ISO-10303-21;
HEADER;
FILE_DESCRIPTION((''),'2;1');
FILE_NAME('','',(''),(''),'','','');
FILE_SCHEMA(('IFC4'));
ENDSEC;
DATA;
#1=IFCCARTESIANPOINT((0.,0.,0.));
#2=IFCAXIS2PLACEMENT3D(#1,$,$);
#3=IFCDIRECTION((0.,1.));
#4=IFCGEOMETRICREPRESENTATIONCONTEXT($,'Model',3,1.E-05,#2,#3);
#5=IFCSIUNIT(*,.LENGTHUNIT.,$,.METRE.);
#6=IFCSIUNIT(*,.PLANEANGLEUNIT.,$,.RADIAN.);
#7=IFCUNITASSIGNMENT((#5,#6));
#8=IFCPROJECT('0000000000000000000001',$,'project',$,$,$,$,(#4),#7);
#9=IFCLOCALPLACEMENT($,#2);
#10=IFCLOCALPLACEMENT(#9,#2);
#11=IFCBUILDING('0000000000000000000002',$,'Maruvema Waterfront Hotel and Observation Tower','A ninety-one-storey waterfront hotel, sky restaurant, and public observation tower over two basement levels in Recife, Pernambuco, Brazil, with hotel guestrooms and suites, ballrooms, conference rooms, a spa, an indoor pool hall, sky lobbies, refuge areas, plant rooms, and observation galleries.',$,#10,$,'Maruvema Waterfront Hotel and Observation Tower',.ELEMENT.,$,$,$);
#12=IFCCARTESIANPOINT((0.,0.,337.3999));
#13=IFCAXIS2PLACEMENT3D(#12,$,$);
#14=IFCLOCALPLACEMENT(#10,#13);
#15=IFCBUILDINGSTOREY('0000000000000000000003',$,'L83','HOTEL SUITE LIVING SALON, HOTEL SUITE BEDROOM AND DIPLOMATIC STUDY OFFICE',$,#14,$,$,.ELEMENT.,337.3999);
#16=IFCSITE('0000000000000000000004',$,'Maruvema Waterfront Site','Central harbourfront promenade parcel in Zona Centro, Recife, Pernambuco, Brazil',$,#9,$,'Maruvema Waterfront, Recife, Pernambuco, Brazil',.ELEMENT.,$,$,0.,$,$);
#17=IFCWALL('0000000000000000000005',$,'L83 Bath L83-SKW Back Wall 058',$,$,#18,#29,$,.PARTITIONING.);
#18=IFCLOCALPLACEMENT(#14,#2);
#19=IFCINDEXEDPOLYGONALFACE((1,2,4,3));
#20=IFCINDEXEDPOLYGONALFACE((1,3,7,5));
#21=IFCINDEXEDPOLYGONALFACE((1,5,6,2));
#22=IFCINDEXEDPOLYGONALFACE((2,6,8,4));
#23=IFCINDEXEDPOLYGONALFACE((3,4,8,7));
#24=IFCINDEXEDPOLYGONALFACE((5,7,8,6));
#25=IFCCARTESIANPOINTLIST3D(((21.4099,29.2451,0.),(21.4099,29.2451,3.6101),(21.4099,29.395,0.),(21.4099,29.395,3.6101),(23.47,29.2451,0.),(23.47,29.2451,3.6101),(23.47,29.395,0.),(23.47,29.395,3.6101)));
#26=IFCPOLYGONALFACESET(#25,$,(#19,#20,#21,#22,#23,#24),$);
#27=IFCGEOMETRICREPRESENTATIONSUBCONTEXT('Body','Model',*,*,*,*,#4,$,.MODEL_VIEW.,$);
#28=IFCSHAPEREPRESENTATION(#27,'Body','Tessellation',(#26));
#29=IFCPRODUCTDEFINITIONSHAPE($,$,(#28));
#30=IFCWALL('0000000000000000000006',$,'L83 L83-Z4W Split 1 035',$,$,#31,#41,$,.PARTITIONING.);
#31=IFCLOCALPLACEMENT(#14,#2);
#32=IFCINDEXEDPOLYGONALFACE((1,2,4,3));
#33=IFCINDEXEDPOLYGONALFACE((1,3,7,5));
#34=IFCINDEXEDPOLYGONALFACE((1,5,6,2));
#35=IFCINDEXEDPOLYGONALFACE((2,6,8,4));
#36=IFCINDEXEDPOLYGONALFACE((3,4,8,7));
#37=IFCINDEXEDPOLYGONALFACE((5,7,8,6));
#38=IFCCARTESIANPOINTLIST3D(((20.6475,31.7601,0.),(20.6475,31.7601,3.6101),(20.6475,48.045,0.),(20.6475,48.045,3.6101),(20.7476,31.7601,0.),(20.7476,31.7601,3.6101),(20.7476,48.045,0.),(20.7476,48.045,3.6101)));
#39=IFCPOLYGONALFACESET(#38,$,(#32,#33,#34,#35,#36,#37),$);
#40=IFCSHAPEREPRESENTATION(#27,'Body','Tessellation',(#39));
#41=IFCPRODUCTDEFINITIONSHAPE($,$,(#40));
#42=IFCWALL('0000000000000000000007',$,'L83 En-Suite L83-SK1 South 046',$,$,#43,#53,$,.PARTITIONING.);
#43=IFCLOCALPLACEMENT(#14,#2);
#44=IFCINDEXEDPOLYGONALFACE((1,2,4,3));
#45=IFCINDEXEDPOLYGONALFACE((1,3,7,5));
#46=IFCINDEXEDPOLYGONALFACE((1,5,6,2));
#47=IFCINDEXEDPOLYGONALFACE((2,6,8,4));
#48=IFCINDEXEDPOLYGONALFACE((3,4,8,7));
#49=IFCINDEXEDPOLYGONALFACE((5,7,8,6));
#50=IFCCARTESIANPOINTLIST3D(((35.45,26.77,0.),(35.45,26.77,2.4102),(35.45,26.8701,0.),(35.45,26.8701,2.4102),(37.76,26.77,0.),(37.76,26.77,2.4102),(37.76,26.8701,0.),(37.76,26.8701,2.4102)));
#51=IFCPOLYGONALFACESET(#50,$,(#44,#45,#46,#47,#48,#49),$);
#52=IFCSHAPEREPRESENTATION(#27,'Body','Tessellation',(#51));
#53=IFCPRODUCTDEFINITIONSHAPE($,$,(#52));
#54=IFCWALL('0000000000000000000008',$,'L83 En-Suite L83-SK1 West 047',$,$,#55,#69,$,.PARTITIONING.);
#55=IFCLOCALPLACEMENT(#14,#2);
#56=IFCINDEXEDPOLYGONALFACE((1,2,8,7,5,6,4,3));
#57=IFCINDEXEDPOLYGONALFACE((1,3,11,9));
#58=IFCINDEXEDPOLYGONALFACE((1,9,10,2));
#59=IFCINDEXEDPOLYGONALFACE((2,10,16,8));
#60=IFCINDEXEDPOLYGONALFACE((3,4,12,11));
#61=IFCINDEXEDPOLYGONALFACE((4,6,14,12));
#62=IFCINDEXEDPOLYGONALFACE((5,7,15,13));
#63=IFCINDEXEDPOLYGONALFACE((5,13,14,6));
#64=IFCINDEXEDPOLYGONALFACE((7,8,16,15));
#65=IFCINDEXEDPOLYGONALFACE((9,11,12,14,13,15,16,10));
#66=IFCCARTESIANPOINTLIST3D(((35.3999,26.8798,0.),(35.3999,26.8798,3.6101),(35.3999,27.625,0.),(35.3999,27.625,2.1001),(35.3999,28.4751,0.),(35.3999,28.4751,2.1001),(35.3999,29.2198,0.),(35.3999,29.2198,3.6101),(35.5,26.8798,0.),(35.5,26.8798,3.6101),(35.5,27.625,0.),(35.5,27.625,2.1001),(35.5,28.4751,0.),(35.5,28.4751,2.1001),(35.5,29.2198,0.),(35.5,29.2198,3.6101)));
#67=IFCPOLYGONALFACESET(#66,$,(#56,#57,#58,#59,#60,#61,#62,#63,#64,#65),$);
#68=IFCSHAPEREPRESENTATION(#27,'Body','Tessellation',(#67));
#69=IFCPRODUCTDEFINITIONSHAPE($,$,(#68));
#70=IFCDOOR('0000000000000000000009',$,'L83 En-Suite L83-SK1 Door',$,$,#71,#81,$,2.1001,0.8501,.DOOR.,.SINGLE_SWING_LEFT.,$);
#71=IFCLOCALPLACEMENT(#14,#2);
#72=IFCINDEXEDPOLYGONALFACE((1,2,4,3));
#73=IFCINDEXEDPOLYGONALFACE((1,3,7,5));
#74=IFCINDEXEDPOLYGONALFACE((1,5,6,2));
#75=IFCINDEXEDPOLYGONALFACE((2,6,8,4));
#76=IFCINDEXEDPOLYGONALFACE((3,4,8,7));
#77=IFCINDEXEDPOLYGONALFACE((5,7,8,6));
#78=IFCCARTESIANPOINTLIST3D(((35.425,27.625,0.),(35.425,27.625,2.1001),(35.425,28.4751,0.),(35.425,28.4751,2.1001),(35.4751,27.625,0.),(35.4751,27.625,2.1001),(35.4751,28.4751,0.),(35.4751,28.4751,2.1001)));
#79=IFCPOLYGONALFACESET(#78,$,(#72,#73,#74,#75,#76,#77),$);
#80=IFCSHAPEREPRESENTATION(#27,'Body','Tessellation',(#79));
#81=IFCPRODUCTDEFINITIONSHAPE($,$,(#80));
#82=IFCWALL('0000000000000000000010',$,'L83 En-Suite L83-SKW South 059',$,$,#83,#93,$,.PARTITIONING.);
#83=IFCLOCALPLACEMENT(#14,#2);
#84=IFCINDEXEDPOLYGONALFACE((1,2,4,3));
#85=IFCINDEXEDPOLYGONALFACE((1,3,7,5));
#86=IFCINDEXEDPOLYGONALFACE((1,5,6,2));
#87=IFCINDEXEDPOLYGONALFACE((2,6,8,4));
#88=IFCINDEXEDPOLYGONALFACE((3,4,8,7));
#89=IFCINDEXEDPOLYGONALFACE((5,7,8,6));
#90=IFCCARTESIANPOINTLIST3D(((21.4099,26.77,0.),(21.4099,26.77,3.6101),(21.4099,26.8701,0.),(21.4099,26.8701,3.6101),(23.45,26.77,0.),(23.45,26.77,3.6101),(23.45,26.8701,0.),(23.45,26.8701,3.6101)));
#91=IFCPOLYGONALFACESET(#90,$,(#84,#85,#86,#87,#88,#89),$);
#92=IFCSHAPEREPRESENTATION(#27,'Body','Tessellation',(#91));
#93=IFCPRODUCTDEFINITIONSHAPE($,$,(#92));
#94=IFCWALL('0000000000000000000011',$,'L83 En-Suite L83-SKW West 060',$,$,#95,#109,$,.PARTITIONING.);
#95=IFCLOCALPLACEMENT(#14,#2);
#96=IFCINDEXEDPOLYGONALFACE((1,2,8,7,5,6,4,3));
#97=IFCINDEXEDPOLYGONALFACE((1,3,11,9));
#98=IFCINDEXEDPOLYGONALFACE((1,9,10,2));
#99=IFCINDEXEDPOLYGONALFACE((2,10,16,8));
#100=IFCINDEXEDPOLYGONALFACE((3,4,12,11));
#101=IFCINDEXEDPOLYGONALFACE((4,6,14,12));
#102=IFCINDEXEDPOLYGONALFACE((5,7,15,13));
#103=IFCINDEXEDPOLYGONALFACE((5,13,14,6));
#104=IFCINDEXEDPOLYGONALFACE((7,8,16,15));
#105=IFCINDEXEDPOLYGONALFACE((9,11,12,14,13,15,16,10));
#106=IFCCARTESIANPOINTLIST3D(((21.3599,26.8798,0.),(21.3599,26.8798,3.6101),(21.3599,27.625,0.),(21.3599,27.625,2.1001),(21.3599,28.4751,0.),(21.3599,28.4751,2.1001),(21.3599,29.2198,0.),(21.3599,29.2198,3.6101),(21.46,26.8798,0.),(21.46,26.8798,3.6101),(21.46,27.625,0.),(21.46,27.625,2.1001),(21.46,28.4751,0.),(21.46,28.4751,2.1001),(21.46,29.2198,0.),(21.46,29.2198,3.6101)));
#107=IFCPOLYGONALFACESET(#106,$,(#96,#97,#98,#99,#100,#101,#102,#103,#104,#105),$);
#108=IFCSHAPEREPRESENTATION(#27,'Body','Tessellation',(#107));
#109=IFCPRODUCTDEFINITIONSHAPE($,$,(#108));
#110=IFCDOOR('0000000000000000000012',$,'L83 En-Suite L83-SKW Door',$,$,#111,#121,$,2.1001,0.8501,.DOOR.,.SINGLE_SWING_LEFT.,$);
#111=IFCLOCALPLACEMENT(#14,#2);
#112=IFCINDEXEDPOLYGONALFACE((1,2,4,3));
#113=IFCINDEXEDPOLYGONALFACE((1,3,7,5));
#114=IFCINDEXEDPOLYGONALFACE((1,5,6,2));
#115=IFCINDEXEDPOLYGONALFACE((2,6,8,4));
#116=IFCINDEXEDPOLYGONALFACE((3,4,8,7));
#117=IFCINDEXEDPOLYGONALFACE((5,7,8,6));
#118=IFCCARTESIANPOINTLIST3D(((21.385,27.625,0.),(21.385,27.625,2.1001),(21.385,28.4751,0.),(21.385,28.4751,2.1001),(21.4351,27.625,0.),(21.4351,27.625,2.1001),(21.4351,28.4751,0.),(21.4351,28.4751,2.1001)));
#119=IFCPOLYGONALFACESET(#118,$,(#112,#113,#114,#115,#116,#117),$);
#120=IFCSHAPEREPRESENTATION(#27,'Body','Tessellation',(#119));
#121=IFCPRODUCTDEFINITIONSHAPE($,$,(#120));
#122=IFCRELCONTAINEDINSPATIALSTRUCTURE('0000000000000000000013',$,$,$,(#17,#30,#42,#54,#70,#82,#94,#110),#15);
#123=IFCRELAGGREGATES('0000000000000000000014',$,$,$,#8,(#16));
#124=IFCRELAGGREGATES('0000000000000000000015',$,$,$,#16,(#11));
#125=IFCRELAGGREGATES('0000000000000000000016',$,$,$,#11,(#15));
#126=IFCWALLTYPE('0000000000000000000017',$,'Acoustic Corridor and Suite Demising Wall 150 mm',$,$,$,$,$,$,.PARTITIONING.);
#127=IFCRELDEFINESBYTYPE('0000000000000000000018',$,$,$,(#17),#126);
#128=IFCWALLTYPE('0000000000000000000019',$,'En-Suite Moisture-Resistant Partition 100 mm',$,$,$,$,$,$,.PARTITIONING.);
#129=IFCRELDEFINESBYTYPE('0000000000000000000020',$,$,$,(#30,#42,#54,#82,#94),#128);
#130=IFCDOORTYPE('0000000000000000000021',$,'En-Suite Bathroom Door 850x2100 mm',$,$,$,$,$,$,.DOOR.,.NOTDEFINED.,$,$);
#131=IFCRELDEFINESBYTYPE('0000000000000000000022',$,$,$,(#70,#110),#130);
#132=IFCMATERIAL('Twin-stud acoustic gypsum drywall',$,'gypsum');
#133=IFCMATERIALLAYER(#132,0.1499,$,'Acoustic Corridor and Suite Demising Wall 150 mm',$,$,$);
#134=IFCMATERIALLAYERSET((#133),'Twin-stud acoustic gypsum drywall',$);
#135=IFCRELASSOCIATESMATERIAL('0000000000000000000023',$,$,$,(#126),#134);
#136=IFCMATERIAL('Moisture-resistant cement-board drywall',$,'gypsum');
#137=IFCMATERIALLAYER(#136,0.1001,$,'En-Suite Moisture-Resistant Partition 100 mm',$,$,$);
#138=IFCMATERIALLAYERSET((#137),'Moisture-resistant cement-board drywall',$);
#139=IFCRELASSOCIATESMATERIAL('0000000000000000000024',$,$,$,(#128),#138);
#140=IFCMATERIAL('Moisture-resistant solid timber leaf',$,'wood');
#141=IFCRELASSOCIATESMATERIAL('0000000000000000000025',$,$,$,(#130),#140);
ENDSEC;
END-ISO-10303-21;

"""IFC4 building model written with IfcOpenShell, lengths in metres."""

from ifc_helpers import new_model, si_unit, direction, frame, frame_2d, origin, place, context, subcontext, project, spatial, rectangle, extrude, material, layer, layer_set, type_object, element, fill, save


model = new_model("IFC4")

# Units and contexts
model_context = context("Model", 3, precision=1e-05, world=origin(), true_north=direction((0.0, 1.0)))
body_context = subcontext(model_context, "Body", "Model", "MODEL_VIEW")
ifc_project = project(units=[si_unit("LENGTHUNIT", "METRE"), si_unit("PLANEANGLEUNIT", "RADIAN")], contexts=[model_context])

# Site, building, storey
site_placement = place(None, origin())
site = spatial("IfcSite", under=ifc_project, at=site_placement, Name="Maruvema Waterfront Site", Description="Central harbourfront promenade parcel in Zona Centro, Recife, Pernambuco, Brazil", LongName="Maruvema Waterfront, Recife, Pernambuco, Brazil", CompositionType="ELEMENT", RefElevation=0.0)
building_placement = place(site_placement, origin())
building = spatial("IfcBuilding", under=site, at=building_placement, Name="Maruvema Waterfront Hotel and Observation Tower", Description="A ninety-one-storey waterfront hotel, sky restaurant, and public observation tower over two basement levels in Recife, Pernambuco, Brazil, with hotel guestrooms and suites, ballrooms, conference rooms, a spa, an indoor pool hall, sky lobbies, refuge areas, plant rooms, and observation galleries.", LongName="Maruvema Waterfront Hotel and Observation Tower", CompositionType="ELEMENT")
storey_placement = place(building_placement, frame((0.0, 0.0, 337.3999)))
storey = spatial("IfcBuildingStorey", under=building, at=storey_placement, Name="L83", Description="HOTEL SUITE LIVING SALON, HOTEL SUITE BEDROOM AND DIPLOMATIC STUDY OFFICE", CompositionType="ELEMENT", Elevation=337.3999)

# Shared definitions
ifc_material_1 = material(Name="Twin-stud acoustic gypsum drywall", Category="gypsum")
ifc_layer_1 = layer(ifc_material_1, 0.1499, Name="Acoustic Corridor and Suite Demising Wall 150 mm")
ifc_layer_set_1 = layer_set([ifc_layer_1], Name="Twin-stud acoustic gypsum drywall")
wall_type_1 = type_object("IfcWallType", Name="Acoustic Corridor and Suite Demising Wall 150 mm", PredefinedType="PARTITIONING", material=ifc_layer_set_1)

# Walls
wall_1_placement = place(storey_placement, frame((21.4099, 29.3201, 0.0), z_axis=(0.0, 0.0, 1.0), x_axis=(1.0, 0.0, 0.0)))
element("IfcWall", 1, at=wall_1_placement, inside=storey, type_object=wall_type_1, Name="L83 Bath L83-SKW Back Wall 058", PredefinedType="PARTITIONING", context=body_context, shape_type="SweptSolid", body=[
    extrude(rectangle(XDim=2.0601, YDim=0.1499, at=frame_2d((1.03, 0.0))), origin(), (0.0, 0.0, 1.0), 3.6101),
])
ifc_material_2 = material(Name="Moisture-resistant cement-board drywall", Category="gypsum")
ifc_layer_2 = layer(ifc_material_2, 0.1001, Name="En-Suite Moisture-Resistant Partition 100 mm")
ifc_layer_set_2 = layer_set([ifc_layer_2], Name="Moisture-resistant cement-board drywall")
wall_type_2 = type_object("IfcWallType", Name="En-Suite Moisture-Resistant Partition 100 mm", PredefinedType="PARTITIONING", material=ifc_layer_set_2)
wall_2_placement = place(storey_placement, frame((20.6975, 31.76, 0.0), z_axis=(0.0, 0.0, 1.0), x_axis=(0.0, 1.0, 0.0)))
element("IfcWall", 2, at=wall_2_placement, inside=storey, type_object=wall_type_2, Name="L83 L83-Z4W Split 1 035", PredefinedType="PARTITIONING", context=body_context, shape_type="SweptSolid", body=[
    extrude(rectangle(XDim=16.2849, YDim=0.1001, at=frame_2d((8.1426, 0.0))), origin(), (0.0, 0.0, 1.0), 3.6101),
])
wall_3_placement = place(storey_placement, frame((35.45, 26.8201, 0.0), z_axis=(0.0, 0.0, 1.0), x_axis=(1.0, 0.0, 0.0)))
element("IfcWall", 3, at=wall_3_placement, inside=storey, type_object=wall_type_2, Name="L83 En-Suite L83-SK1 South 046", PredefinedType="PARTITIONING", context=body_context, shape_type="SweptSolid", body=[
    extrude(rectangle(XDim=2.3101, YDim=0.1001, at=frame_2d((1.155, 0.0))), origin(), (0.0, 0.0, 1.0), 2.4102),
])

# Wall, opening, door
wall_4_placement = place(storey_placement, frame((35.45, 26.8799, 0.0), z_axis=(0.0, 0.0, 1.0), x_axis=(0.0, 1.0, 0.0)))
wall_4 = element("IfcWall", 4, at=wall_4_placement, inside=storey, type_object=wall_type_2, Name="L83 En-Suite L83-SK1 West 047", PredefinedType="PARTITIONING", context=body_context, shape_type="SweptSolid", body=[
    extrude(rectangle(XDim=2.3401, YDim=0.1001, at=frame_2d((1.1699, 0.0))), origin(), (0.0, 0.0, 1.0), 3.6101),
])
opening_1_placement = place(wall_4_placement, frame((0.7451, 0.0, 0.0)))
opening_1 = element("IfcOpeningElement", 5, at=opening_1_placement, cuts=wall_4, PredefinedType="OPENING", context=body_context, shape_type="SweptSolid", body=[
    extrude(rectangle(XDim=0.8501, YDim=2.1001, at=frame_2d((0.425, 1.05))), frame((0.0, 0.0601, 0.0), z_axis=(0.0, -1.0, 0.0), x_axis=(1.0, 0.0, 0.0)), (0.0, 0.0, 1.0), 0.1201),
])
ifc_material_3 = material(Name="Moisture-resistant solid timber leaf", Category="wood")
door_type_1 = type_object("IfcDoorType", Name="En-Suite Bathroom Door 850x2100 mm", OperationType="NOTDEFINED", PredefinedType="DOOR", material=ifc_material_3)
door_1_placement = place(opening_1_placement, origin())
door_1 = element("IfcDoor", 6, at=door_1_placement, inside=storey, type_object=door_type_1, Name="L83 En-Suite L83-SK1 Door", OperationType="SINGLE_SWING_LEFT", OverallHeight=2.1001, OverallWidth=0.8501, PredefinedType="DOOR", context=body_context, shape_type="SweptSolid", body=[
    extrude(rectangle(XDim=0.8501, YDim=2.1001, at=frame_2d((0.425, 1.05))), frame((0.0, 0.0249, 0.0), z_axis=(0.0, -1.0, 0.0), x_axis=(1.0, 0.0, 0.0)), (0.0, 0.0, 1.0), 0.05),
])
fill(opening_1, door_1)

# Wall
wall_5_placement = place(storey_placement, frame((21.4099, 26.8201, 0.0), z_axis=(0.0, 0.0, 1.0), x_axis=(1.0, 0.0, 0.0)))
element("IfcWall", 7, at=wall_5_placement, inside=storey, type_object=wall_type_2, Name="L83 En-Suite L83-SKW South 059", PredefinedType="PARTITIONING", context=body_context, shape_type="SweptSolid", body=[
    extrude(rectangle(XDim=2.04, YDim=0.1001, at=frame_2d((1.02, 0.0))), origin(), (0.0, 0.0, 1.0), 3.6101),
])

# Wall, opening, door
wall_6_placement = place(storey_placement, frame((21.4099, 26.8799, 0.0), z_axis=(0.0, 0.0, 1.0), x_axis=(0.0, 1.0, 0.0)))
wall_6 = element("IfcWall", 8, at=wall_6_placement, inside=storey, type_object=wall_type_2, Name="L83 En-Suite L83-SKW West 060", PredefinedType="PARTITIONING", context=body_context, shape_type="SweptSolid", body=[
    extrude(rectangle(XDim=2.3401, YDim=0.1001, at=frame_2d((1.1699, 0.0))), origin(), (0.0, 0.0, 1.0), 3.6101),
])
opening_2_placement = place(wall_6_placement, frame((0.7451, 0.0, 0.0)))
opening_2 = element("IfcOpeningElement", 9, at=opening_2_placement, cuts=wall_6, PredefinedType="OPENING", context=body_context, shape_type="SweptSolid", body=[
    extrude(rectangle(XDim=0.8501, YDim=2.1001, at=frame_2d((0.425, 1.05))), frame((0.0, 0.0601, 0.0), z_axis=(0.0, -1.0, 0.0), x_axis=(1.0, 0.0, 0.0)), (0.0, 0.0, 1.0), 0.1201),
])
door_2_placement = place(opening_2_placement, origin())
door_2 = element("IfcDoor", 10, at=door_2_placement, inside=storey, type_object=door_type_1, Name="L83 En-Suite L83-SKW Door", OperationType="SINGLE_SWING_LEFT", OverallHeight=2.1001, OverallWidth=0.8501, PredefinedType="DOOR", context=body_context, shape_type="SweptSolid", body=[
    extrude(rectangle(XDim=0.8501, YDim=2.1001, at=frame_2d((0.425, 1.05))), frame((0.0, 0.0249, 0.0), z_axis=(0.0, -1.0, 0.0), x_axis=(1.0, 0.0, 0.0)), (0.0, 0.0, 1.0), 0.05),
])
fill(opening_2, door_2)

save(model, "model.ifc")
